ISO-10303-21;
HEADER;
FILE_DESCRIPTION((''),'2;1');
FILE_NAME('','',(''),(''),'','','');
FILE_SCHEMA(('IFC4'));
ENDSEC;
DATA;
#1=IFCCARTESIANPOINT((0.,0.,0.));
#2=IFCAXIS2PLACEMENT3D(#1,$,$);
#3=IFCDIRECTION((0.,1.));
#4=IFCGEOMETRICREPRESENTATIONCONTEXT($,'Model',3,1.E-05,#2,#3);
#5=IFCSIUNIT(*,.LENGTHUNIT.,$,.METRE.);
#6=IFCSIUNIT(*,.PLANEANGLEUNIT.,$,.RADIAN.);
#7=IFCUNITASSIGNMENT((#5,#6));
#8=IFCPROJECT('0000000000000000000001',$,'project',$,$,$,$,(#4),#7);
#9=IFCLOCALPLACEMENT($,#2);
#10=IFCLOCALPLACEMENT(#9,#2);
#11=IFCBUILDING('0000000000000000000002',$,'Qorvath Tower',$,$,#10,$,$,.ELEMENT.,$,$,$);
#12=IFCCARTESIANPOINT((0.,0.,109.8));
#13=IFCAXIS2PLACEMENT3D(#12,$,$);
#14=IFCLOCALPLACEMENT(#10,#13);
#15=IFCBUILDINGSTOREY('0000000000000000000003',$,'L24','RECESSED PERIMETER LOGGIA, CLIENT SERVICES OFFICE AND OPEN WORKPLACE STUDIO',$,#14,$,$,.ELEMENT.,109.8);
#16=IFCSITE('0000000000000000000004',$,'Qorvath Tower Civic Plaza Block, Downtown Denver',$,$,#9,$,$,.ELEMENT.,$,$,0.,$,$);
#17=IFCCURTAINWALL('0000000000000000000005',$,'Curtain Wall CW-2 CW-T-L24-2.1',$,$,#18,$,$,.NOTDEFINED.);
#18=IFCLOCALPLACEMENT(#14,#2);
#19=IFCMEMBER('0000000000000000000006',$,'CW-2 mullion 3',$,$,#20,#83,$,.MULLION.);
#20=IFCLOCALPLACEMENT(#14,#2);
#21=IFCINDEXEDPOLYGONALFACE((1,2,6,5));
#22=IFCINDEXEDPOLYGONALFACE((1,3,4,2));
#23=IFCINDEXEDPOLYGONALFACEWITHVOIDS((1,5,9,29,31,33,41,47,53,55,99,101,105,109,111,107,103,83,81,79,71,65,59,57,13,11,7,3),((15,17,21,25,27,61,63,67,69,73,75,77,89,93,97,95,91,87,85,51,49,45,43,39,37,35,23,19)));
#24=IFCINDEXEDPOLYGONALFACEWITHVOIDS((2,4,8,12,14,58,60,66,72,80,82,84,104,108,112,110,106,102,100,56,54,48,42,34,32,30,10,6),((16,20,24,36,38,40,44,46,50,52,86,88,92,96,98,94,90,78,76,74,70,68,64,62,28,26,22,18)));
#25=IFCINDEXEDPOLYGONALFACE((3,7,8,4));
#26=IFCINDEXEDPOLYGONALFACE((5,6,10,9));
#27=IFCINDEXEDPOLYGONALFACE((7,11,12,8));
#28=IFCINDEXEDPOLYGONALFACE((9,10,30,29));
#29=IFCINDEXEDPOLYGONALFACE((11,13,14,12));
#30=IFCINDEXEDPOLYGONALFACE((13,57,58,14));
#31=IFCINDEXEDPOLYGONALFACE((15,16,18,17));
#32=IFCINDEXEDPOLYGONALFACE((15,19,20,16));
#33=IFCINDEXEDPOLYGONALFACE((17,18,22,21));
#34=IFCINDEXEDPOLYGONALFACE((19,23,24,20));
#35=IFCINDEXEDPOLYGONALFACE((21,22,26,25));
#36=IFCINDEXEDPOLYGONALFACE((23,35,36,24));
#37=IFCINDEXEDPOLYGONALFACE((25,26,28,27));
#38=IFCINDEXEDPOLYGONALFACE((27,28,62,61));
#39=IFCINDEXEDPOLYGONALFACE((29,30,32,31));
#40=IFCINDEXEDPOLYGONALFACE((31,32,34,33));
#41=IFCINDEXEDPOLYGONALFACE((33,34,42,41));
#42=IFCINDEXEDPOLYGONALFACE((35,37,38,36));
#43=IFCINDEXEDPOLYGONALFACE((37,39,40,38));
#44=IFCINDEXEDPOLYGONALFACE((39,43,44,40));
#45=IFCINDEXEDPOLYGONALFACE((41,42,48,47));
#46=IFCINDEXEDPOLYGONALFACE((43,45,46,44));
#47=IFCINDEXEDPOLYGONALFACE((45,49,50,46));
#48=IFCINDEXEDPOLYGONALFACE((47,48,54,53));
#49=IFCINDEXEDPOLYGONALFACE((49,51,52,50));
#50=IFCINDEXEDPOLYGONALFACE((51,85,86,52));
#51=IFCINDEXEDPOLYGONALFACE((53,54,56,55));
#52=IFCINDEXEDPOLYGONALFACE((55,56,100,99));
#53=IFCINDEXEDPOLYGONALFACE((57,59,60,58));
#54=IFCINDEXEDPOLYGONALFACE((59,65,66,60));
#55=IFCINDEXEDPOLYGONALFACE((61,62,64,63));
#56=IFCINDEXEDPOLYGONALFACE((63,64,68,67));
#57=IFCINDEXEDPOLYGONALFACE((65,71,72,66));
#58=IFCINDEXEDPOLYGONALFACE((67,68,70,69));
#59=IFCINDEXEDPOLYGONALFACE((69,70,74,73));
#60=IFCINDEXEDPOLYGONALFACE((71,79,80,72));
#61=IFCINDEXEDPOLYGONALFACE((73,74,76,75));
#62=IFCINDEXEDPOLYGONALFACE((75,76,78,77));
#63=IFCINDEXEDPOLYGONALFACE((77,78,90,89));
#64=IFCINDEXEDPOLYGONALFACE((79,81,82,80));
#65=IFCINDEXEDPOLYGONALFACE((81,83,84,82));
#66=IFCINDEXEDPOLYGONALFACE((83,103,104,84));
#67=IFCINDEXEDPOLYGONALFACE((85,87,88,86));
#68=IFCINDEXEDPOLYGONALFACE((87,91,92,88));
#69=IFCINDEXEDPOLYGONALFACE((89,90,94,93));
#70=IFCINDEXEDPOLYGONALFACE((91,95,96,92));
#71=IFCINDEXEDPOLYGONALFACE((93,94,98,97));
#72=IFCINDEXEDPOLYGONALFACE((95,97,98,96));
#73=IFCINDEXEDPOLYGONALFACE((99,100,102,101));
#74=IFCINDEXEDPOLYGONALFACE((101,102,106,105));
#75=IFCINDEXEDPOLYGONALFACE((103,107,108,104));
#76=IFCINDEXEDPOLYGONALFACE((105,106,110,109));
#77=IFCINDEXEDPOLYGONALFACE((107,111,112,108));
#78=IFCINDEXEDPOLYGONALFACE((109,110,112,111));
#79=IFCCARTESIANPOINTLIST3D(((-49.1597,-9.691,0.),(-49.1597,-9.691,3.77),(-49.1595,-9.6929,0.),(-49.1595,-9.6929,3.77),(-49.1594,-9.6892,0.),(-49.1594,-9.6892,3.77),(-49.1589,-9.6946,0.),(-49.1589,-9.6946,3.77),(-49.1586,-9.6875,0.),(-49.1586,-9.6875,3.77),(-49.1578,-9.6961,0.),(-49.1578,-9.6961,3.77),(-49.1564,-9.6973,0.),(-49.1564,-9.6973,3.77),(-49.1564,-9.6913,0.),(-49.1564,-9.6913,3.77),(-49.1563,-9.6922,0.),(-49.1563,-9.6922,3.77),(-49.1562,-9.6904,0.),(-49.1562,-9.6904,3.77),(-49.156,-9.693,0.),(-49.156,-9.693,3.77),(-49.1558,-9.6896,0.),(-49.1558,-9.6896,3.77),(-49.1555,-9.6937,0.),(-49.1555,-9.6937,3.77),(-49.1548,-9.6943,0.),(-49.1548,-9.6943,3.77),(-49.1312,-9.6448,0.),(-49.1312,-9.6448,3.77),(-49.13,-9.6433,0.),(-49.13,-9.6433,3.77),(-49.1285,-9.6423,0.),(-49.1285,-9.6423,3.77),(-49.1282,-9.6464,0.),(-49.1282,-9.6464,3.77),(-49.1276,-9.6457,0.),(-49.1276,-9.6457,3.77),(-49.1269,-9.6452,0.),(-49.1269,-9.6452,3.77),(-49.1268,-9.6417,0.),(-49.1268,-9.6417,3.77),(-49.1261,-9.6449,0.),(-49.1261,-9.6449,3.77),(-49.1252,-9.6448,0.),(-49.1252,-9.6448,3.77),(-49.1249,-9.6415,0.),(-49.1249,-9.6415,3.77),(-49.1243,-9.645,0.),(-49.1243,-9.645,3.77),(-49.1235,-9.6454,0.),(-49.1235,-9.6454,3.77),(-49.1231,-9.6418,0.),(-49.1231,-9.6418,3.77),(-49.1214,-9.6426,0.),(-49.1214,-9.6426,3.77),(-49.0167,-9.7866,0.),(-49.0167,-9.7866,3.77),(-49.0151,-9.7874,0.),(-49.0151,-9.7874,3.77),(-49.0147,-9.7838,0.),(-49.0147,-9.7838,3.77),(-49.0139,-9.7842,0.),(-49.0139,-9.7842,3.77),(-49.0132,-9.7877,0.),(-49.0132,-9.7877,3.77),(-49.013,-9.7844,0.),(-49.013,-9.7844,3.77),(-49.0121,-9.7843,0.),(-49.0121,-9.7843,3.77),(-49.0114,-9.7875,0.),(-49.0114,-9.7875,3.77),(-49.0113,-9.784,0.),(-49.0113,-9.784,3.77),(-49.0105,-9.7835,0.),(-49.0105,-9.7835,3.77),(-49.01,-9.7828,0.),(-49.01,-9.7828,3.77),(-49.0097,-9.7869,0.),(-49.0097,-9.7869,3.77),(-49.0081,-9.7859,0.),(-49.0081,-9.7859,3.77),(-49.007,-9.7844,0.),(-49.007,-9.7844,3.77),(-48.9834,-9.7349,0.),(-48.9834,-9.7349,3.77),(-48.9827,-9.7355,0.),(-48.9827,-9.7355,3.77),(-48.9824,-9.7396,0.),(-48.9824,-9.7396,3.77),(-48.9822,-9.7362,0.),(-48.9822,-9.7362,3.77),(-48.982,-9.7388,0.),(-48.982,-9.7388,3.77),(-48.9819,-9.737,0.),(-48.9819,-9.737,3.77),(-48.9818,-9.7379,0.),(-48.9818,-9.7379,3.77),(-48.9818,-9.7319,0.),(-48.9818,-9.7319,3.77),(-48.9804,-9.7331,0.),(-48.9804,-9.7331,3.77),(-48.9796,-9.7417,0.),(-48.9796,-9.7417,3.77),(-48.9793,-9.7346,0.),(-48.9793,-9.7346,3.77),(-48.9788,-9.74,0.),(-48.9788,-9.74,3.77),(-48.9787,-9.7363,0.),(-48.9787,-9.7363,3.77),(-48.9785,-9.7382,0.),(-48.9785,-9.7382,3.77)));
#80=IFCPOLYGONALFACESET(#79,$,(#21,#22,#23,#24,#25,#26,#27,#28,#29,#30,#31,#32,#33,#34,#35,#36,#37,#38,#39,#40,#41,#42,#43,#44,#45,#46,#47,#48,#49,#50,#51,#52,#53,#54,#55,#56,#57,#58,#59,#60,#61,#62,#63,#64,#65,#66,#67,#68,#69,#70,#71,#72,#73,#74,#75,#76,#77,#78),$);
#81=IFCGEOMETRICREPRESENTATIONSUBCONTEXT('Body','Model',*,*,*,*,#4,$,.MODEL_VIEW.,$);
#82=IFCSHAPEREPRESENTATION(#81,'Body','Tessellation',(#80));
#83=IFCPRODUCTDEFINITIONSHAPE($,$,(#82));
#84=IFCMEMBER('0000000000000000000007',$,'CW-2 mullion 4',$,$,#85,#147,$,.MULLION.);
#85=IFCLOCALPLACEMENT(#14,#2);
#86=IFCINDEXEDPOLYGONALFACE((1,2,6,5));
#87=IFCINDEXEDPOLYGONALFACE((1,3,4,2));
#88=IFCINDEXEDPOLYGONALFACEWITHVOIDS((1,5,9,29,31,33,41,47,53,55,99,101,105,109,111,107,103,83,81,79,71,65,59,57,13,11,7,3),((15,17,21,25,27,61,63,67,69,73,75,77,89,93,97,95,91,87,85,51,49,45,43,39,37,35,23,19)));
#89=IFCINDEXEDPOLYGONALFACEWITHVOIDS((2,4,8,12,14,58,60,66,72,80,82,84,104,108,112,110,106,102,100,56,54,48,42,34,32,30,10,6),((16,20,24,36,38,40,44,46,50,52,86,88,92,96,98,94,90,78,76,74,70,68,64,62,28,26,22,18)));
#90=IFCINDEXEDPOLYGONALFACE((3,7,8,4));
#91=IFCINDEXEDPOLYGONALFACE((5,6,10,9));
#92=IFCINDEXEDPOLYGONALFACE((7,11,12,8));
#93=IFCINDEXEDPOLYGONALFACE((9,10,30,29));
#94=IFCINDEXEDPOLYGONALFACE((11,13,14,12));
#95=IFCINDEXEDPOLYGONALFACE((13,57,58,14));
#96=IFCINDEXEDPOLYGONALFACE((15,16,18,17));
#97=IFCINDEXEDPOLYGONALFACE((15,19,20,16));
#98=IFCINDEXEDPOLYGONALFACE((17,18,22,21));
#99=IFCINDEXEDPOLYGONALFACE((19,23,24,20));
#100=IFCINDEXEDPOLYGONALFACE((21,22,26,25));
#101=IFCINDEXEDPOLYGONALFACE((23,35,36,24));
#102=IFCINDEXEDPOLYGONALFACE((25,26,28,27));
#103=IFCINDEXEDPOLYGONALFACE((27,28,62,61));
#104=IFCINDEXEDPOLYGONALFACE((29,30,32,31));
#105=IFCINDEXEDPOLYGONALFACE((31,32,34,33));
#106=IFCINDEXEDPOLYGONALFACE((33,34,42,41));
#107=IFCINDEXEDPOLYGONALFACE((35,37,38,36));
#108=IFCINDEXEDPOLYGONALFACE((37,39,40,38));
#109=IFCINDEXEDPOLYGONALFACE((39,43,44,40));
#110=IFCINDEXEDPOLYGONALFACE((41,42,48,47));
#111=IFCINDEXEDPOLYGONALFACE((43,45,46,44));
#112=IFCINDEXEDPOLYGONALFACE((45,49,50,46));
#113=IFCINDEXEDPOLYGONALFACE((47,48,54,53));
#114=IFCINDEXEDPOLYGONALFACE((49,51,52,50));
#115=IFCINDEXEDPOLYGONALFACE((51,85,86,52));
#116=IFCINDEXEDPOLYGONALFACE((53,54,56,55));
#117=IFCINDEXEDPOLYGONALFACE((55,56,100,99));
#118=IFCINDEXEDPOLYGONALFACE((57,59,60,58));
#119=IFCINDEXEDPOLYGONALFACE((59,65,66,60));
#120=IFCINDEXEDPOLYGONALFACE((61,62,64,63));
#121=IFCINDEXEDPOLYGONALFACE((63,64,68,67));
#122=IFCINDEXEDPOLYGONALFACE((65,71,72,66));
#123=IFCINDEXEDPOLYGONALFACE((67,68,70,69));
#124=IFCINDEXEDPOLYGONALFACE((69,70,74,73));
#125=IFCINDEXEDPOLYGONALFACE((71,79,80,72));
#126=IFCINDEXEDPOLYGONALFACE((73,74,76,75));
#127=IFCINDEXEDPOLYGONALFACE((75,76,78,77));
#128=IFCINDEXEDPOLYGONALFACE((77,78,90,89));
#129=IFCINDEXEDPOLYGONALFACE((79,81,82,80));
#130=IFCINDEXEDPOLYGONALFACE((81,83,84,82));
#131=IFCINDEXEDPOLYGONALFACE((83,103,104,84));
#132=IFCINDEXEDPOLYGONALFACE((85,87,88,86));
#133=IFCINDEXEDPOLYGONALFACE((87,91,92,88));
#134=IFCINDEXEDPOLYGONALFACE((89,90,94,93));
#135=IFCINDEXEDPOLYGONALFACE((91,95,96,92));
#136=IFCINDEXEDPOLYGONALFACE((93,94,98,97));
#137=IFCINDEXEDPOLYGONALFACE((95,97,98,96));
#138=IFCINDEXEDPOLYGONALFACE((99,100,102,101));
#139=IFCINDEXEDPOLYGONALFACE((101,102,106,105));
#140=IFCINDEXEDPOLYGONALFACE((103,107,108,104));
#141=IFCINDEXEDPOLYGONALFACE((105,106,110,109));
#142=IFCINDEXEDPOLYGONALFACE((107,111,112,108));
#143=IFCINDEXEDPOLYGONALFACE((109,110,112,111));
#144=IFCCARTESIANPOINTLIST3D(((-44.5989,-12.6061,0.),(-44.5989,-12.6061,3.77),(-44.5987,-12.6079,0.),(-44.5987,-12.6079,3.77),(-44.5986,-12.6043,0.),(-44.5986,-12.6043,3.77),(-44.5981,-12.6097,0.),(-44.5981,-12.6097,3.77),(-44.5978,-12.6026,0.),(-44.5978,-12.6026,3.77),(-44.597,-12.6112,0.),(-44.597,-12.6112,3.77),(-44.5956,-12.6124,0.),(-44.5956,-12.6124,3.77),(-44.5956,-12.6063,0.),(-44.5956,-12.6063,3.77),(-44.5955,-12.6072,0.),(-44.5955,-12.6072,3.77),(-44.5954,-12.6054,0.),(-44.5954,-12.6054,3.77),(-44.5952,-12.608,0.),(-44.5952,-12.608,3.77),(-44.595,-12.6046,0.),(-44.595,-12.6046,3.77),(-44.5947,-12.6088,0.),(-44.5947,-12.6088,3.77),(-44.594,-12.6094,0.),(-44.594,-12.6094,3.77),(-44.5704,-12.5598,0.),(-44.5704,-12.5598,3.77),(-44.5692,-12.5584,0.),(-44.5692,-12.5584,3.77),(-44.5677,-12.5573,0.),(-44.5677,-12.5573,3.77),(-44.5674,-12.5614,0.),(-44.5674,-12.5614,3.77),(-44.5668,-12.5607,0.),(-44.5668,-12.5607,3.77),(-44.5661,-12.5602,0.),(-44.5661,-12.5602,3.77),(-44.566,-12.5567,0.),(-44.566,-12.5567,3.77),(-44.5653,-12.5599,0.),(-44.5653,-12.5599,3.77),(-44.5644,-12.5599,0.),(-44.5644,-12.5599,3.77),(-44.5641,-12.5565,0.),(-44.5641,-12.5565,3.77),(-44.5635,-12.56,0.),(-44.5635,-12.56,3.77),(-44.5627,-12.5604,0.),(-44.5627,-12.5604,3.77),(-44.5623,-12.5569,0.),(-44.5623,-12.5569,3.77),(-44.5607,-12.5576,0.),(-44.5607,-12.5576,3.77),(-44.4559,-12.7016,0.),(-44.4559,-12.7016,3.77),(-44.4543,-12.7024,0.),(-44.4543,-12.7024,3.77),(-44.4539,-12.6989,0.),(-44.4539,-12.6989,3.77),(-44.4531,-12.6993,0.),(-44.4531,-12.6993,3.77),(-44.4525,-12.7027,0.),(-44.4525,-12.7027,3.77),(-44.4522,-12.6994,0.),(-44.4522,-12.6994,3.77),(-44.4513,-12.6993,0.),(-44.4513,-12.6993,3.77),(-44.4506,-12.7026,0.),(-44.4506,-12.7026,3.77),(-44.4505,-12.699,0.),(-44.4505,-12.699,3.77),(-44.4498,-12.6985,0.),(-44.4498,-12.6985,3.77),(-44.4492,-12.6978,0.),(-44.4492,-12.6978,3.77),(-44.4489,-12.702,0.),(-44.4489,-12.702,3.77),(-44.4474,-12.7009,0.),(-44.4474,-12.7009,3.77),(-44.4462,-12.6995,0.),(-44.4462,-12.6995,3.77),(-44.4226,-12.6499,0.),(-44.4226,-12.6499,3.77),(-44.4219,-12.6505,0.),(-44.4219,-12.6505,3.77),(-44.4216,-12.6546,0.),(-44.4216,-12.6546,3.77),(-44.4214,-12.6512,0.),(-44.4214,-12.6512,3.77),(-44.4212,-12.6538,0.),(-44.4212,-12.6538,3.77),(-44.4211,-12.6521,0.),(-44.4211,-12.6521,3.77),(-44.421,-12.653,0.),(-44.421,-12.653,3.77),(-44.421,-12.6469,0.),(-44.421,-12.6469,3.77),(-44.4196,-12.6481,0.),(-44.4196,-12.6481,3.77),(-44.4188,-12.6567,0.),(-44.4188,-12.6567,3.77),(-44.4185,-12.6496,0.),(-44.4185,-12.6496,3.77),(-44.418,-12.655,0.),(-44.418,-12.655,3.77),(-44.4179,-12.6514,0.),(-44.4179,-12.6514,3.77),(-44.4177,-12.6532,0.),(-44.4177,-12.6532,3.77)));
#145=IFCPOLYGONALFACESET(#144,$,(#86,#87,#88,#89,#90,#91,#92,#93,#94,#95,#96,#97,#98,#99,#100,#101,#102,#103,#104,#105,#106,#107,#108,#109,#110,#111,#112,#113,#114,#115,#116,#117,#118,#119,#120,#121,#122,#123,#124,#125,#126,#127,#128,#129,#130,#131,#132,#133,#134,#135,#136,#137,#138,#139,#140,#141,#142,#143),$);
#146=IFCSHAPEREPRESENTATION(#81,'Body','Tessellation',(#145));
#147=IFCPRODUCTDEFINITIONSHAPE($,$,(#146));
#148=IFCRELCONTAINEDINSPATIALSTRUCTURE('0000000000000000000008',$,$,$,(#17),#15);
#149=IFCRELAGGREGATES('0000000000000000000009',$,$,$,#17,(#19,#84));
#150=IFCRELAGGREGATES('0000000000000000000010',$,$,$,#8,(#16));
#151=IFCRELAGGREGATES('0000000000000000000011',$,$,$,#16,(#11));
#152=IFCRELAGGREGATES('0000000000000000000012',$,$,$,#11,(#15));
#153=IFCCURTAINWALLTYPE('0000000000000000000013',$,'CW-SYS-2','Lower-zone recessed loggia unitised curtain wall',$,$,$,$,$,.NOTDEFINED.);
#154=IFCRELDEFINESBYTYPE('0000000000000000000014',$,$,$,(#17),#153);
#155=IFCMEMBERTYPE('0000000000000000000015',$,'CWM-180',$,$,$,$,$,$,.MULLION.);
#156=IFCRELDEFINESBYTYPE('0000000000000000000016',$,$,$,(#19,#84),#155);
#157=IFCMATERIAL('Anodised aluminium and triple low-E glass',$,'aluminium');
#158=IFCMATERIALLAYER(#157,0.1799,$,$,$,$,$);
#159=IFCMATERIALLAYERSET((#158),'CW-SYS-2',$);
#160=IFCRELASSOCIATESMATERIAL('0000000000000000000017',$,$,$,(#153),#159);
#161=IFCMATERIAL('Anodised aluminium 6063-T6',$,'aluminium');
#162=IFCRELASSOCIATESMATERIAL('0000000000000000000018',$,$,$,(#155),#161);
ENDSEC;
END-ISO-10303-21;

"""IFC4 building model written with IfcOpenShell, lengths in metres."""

from ifc_helpers import new_model, si_unit, direction, frame, origin, origin_2d, place, context, subcontext, project, spatial, hollow_rectangle, extrude, material, layer, layer_set, material_profile, profile_set, type_object, element, aggregate, save


model = new_model("IFC4")

# Units and contexts
model_context = context("Model", 3, precision=1e-05, world=origin(), true_north=direction((0.0, 1.0)))
body_context = subcontext(model_context, "Body", "Model", "MODEL_VIEW")
ifc_project = project(units=[si_unit("LENGTHUNIT", "METRE"), si_unit("PLANEANGLEUNIT", "RADIAN")], contexts=[model_context])

# Site, building, storey
site_placement = place(None, origin())
site = spatial("IfcSite", under=ifc_project, at=site_placement, Name="Qorvath Tower Civic Plaza Block, Downtown Denver", CompositionType="ELEMENT", RefElevation=0.0)
building_placement = place(site_placement, origin())
building = spatial("IfcBuilding", under=site, at=building_placement, Name="Qorvath Tower", CompositionType="ELEMENT")
storey_placement = place(building_placement, frame((0.0, 0.0, 109.8)))
storey = spatial("IfcBuildingStorey", under=building, at=storey_placement, Name="L24", Description="RECESSED PERIMETER LOGGIA, CLIENT SERVICES OFFICE AND OPEN WORKPLACE STUDIO", CompositionType="ELEMENT", Elevation=109.8)

# Curtain wall, members
ifc_material_1 = material(Name="Anodised aluminium and triple low-E glass", Category="aluminium")
ifc_layer_1 = layer(ifc_material_1, 0.1799)
ifc_layer_set_1 = layer_set([ifc_layer_1], Name="CW-SYS-2")
curtain_wall_type = type_object("IfcCurtainWallType", Name="CW-SYS-2", Description="Lower-zone recessed loggia unitised curtain wall", PredefinedType="NOTDEFINED", material=ifc_layer_set_1)
curtain_wall_placement = place(storey_placement, origin())
curtain_wall = element("IfcCurtainWall", 1, at=curtain_wall_placement, inside=storey, type_object=curtain_wall_type, Name="Curtain Wall CW-2 CW-T-L24-2.1", PredefinedType="NOTDEFINED")
ifc_material_2 = material(Name="Anodised aluminium 6063-T6", Category="aluminium")
ifc_material_profile_1 = material_profile(ifc_material_2, hollow_rectangle(XDim=0.0649, YDim=0.1799, WallThickness=0.0034, InnerFilletRadius=0.0034, OuterFilletRadius=0.0071, at=origin_2d()), Name="CWM 180x65")
ifc_profile_set_1 = profile_set([ifc_material_profile_1], Name="Anodised aluminium 6063-T6")
member_type_1 = type_object("IfcMemberType", Name="CWM-180", PredefinedType="MULLION", material=ifc_profile_set_1)
member_1_placement = place(storey_placement, frame((-49.0691, -9.7146, 0.0), z_axis=(0.0, 0.0, 1.0), x_axis=(0.53853, 0.842606, 0.0)))
member_1 = element("IfcMember", 2, at=member_1_placement, type_object=member_type_1, Name="CW-2 mullion 3", PredefinedType="MULLION", context=body_context, shape_type="SweptSolid", body=[
    extrude(hollow_rectangle(XDim=0.0649, YDim=0.1799, WallThickness=0.0034, InnerFilletRadius=0.0034, OuterFilletRadius=0.0071, at=origin_2d()), origin(), (0.0, 0.0, 1.0), 3.77),
])
member_2_placement = place(storey_placement, frame((-44.5083, -12.6296, 0.0), z_axis=(0.0, 0.0, 1.0), x_axis=(0.53853, 0.842606, 0.0)))
member_2 = element("IfcMember", 3, at=member_2_placement, type_object=member_type_1, Name="CW-2 mullion 4", PredefinedType="MULLION", context=body_context, shape_type="SweptSolid", body=[
    extrude(hollow_rectangle(XDim=0.0649, YDim=0.1799, WallThickness=0.0034, InnerFilletRadius=0.0034, OuterFilletRadius=0.0071, at=origin_2d()), origin(), (0.0, 0.0, 1.0), 3.77),
])
aggregate(curtain_wall, [member_1, member_2])

save(model, "model.ifc")
